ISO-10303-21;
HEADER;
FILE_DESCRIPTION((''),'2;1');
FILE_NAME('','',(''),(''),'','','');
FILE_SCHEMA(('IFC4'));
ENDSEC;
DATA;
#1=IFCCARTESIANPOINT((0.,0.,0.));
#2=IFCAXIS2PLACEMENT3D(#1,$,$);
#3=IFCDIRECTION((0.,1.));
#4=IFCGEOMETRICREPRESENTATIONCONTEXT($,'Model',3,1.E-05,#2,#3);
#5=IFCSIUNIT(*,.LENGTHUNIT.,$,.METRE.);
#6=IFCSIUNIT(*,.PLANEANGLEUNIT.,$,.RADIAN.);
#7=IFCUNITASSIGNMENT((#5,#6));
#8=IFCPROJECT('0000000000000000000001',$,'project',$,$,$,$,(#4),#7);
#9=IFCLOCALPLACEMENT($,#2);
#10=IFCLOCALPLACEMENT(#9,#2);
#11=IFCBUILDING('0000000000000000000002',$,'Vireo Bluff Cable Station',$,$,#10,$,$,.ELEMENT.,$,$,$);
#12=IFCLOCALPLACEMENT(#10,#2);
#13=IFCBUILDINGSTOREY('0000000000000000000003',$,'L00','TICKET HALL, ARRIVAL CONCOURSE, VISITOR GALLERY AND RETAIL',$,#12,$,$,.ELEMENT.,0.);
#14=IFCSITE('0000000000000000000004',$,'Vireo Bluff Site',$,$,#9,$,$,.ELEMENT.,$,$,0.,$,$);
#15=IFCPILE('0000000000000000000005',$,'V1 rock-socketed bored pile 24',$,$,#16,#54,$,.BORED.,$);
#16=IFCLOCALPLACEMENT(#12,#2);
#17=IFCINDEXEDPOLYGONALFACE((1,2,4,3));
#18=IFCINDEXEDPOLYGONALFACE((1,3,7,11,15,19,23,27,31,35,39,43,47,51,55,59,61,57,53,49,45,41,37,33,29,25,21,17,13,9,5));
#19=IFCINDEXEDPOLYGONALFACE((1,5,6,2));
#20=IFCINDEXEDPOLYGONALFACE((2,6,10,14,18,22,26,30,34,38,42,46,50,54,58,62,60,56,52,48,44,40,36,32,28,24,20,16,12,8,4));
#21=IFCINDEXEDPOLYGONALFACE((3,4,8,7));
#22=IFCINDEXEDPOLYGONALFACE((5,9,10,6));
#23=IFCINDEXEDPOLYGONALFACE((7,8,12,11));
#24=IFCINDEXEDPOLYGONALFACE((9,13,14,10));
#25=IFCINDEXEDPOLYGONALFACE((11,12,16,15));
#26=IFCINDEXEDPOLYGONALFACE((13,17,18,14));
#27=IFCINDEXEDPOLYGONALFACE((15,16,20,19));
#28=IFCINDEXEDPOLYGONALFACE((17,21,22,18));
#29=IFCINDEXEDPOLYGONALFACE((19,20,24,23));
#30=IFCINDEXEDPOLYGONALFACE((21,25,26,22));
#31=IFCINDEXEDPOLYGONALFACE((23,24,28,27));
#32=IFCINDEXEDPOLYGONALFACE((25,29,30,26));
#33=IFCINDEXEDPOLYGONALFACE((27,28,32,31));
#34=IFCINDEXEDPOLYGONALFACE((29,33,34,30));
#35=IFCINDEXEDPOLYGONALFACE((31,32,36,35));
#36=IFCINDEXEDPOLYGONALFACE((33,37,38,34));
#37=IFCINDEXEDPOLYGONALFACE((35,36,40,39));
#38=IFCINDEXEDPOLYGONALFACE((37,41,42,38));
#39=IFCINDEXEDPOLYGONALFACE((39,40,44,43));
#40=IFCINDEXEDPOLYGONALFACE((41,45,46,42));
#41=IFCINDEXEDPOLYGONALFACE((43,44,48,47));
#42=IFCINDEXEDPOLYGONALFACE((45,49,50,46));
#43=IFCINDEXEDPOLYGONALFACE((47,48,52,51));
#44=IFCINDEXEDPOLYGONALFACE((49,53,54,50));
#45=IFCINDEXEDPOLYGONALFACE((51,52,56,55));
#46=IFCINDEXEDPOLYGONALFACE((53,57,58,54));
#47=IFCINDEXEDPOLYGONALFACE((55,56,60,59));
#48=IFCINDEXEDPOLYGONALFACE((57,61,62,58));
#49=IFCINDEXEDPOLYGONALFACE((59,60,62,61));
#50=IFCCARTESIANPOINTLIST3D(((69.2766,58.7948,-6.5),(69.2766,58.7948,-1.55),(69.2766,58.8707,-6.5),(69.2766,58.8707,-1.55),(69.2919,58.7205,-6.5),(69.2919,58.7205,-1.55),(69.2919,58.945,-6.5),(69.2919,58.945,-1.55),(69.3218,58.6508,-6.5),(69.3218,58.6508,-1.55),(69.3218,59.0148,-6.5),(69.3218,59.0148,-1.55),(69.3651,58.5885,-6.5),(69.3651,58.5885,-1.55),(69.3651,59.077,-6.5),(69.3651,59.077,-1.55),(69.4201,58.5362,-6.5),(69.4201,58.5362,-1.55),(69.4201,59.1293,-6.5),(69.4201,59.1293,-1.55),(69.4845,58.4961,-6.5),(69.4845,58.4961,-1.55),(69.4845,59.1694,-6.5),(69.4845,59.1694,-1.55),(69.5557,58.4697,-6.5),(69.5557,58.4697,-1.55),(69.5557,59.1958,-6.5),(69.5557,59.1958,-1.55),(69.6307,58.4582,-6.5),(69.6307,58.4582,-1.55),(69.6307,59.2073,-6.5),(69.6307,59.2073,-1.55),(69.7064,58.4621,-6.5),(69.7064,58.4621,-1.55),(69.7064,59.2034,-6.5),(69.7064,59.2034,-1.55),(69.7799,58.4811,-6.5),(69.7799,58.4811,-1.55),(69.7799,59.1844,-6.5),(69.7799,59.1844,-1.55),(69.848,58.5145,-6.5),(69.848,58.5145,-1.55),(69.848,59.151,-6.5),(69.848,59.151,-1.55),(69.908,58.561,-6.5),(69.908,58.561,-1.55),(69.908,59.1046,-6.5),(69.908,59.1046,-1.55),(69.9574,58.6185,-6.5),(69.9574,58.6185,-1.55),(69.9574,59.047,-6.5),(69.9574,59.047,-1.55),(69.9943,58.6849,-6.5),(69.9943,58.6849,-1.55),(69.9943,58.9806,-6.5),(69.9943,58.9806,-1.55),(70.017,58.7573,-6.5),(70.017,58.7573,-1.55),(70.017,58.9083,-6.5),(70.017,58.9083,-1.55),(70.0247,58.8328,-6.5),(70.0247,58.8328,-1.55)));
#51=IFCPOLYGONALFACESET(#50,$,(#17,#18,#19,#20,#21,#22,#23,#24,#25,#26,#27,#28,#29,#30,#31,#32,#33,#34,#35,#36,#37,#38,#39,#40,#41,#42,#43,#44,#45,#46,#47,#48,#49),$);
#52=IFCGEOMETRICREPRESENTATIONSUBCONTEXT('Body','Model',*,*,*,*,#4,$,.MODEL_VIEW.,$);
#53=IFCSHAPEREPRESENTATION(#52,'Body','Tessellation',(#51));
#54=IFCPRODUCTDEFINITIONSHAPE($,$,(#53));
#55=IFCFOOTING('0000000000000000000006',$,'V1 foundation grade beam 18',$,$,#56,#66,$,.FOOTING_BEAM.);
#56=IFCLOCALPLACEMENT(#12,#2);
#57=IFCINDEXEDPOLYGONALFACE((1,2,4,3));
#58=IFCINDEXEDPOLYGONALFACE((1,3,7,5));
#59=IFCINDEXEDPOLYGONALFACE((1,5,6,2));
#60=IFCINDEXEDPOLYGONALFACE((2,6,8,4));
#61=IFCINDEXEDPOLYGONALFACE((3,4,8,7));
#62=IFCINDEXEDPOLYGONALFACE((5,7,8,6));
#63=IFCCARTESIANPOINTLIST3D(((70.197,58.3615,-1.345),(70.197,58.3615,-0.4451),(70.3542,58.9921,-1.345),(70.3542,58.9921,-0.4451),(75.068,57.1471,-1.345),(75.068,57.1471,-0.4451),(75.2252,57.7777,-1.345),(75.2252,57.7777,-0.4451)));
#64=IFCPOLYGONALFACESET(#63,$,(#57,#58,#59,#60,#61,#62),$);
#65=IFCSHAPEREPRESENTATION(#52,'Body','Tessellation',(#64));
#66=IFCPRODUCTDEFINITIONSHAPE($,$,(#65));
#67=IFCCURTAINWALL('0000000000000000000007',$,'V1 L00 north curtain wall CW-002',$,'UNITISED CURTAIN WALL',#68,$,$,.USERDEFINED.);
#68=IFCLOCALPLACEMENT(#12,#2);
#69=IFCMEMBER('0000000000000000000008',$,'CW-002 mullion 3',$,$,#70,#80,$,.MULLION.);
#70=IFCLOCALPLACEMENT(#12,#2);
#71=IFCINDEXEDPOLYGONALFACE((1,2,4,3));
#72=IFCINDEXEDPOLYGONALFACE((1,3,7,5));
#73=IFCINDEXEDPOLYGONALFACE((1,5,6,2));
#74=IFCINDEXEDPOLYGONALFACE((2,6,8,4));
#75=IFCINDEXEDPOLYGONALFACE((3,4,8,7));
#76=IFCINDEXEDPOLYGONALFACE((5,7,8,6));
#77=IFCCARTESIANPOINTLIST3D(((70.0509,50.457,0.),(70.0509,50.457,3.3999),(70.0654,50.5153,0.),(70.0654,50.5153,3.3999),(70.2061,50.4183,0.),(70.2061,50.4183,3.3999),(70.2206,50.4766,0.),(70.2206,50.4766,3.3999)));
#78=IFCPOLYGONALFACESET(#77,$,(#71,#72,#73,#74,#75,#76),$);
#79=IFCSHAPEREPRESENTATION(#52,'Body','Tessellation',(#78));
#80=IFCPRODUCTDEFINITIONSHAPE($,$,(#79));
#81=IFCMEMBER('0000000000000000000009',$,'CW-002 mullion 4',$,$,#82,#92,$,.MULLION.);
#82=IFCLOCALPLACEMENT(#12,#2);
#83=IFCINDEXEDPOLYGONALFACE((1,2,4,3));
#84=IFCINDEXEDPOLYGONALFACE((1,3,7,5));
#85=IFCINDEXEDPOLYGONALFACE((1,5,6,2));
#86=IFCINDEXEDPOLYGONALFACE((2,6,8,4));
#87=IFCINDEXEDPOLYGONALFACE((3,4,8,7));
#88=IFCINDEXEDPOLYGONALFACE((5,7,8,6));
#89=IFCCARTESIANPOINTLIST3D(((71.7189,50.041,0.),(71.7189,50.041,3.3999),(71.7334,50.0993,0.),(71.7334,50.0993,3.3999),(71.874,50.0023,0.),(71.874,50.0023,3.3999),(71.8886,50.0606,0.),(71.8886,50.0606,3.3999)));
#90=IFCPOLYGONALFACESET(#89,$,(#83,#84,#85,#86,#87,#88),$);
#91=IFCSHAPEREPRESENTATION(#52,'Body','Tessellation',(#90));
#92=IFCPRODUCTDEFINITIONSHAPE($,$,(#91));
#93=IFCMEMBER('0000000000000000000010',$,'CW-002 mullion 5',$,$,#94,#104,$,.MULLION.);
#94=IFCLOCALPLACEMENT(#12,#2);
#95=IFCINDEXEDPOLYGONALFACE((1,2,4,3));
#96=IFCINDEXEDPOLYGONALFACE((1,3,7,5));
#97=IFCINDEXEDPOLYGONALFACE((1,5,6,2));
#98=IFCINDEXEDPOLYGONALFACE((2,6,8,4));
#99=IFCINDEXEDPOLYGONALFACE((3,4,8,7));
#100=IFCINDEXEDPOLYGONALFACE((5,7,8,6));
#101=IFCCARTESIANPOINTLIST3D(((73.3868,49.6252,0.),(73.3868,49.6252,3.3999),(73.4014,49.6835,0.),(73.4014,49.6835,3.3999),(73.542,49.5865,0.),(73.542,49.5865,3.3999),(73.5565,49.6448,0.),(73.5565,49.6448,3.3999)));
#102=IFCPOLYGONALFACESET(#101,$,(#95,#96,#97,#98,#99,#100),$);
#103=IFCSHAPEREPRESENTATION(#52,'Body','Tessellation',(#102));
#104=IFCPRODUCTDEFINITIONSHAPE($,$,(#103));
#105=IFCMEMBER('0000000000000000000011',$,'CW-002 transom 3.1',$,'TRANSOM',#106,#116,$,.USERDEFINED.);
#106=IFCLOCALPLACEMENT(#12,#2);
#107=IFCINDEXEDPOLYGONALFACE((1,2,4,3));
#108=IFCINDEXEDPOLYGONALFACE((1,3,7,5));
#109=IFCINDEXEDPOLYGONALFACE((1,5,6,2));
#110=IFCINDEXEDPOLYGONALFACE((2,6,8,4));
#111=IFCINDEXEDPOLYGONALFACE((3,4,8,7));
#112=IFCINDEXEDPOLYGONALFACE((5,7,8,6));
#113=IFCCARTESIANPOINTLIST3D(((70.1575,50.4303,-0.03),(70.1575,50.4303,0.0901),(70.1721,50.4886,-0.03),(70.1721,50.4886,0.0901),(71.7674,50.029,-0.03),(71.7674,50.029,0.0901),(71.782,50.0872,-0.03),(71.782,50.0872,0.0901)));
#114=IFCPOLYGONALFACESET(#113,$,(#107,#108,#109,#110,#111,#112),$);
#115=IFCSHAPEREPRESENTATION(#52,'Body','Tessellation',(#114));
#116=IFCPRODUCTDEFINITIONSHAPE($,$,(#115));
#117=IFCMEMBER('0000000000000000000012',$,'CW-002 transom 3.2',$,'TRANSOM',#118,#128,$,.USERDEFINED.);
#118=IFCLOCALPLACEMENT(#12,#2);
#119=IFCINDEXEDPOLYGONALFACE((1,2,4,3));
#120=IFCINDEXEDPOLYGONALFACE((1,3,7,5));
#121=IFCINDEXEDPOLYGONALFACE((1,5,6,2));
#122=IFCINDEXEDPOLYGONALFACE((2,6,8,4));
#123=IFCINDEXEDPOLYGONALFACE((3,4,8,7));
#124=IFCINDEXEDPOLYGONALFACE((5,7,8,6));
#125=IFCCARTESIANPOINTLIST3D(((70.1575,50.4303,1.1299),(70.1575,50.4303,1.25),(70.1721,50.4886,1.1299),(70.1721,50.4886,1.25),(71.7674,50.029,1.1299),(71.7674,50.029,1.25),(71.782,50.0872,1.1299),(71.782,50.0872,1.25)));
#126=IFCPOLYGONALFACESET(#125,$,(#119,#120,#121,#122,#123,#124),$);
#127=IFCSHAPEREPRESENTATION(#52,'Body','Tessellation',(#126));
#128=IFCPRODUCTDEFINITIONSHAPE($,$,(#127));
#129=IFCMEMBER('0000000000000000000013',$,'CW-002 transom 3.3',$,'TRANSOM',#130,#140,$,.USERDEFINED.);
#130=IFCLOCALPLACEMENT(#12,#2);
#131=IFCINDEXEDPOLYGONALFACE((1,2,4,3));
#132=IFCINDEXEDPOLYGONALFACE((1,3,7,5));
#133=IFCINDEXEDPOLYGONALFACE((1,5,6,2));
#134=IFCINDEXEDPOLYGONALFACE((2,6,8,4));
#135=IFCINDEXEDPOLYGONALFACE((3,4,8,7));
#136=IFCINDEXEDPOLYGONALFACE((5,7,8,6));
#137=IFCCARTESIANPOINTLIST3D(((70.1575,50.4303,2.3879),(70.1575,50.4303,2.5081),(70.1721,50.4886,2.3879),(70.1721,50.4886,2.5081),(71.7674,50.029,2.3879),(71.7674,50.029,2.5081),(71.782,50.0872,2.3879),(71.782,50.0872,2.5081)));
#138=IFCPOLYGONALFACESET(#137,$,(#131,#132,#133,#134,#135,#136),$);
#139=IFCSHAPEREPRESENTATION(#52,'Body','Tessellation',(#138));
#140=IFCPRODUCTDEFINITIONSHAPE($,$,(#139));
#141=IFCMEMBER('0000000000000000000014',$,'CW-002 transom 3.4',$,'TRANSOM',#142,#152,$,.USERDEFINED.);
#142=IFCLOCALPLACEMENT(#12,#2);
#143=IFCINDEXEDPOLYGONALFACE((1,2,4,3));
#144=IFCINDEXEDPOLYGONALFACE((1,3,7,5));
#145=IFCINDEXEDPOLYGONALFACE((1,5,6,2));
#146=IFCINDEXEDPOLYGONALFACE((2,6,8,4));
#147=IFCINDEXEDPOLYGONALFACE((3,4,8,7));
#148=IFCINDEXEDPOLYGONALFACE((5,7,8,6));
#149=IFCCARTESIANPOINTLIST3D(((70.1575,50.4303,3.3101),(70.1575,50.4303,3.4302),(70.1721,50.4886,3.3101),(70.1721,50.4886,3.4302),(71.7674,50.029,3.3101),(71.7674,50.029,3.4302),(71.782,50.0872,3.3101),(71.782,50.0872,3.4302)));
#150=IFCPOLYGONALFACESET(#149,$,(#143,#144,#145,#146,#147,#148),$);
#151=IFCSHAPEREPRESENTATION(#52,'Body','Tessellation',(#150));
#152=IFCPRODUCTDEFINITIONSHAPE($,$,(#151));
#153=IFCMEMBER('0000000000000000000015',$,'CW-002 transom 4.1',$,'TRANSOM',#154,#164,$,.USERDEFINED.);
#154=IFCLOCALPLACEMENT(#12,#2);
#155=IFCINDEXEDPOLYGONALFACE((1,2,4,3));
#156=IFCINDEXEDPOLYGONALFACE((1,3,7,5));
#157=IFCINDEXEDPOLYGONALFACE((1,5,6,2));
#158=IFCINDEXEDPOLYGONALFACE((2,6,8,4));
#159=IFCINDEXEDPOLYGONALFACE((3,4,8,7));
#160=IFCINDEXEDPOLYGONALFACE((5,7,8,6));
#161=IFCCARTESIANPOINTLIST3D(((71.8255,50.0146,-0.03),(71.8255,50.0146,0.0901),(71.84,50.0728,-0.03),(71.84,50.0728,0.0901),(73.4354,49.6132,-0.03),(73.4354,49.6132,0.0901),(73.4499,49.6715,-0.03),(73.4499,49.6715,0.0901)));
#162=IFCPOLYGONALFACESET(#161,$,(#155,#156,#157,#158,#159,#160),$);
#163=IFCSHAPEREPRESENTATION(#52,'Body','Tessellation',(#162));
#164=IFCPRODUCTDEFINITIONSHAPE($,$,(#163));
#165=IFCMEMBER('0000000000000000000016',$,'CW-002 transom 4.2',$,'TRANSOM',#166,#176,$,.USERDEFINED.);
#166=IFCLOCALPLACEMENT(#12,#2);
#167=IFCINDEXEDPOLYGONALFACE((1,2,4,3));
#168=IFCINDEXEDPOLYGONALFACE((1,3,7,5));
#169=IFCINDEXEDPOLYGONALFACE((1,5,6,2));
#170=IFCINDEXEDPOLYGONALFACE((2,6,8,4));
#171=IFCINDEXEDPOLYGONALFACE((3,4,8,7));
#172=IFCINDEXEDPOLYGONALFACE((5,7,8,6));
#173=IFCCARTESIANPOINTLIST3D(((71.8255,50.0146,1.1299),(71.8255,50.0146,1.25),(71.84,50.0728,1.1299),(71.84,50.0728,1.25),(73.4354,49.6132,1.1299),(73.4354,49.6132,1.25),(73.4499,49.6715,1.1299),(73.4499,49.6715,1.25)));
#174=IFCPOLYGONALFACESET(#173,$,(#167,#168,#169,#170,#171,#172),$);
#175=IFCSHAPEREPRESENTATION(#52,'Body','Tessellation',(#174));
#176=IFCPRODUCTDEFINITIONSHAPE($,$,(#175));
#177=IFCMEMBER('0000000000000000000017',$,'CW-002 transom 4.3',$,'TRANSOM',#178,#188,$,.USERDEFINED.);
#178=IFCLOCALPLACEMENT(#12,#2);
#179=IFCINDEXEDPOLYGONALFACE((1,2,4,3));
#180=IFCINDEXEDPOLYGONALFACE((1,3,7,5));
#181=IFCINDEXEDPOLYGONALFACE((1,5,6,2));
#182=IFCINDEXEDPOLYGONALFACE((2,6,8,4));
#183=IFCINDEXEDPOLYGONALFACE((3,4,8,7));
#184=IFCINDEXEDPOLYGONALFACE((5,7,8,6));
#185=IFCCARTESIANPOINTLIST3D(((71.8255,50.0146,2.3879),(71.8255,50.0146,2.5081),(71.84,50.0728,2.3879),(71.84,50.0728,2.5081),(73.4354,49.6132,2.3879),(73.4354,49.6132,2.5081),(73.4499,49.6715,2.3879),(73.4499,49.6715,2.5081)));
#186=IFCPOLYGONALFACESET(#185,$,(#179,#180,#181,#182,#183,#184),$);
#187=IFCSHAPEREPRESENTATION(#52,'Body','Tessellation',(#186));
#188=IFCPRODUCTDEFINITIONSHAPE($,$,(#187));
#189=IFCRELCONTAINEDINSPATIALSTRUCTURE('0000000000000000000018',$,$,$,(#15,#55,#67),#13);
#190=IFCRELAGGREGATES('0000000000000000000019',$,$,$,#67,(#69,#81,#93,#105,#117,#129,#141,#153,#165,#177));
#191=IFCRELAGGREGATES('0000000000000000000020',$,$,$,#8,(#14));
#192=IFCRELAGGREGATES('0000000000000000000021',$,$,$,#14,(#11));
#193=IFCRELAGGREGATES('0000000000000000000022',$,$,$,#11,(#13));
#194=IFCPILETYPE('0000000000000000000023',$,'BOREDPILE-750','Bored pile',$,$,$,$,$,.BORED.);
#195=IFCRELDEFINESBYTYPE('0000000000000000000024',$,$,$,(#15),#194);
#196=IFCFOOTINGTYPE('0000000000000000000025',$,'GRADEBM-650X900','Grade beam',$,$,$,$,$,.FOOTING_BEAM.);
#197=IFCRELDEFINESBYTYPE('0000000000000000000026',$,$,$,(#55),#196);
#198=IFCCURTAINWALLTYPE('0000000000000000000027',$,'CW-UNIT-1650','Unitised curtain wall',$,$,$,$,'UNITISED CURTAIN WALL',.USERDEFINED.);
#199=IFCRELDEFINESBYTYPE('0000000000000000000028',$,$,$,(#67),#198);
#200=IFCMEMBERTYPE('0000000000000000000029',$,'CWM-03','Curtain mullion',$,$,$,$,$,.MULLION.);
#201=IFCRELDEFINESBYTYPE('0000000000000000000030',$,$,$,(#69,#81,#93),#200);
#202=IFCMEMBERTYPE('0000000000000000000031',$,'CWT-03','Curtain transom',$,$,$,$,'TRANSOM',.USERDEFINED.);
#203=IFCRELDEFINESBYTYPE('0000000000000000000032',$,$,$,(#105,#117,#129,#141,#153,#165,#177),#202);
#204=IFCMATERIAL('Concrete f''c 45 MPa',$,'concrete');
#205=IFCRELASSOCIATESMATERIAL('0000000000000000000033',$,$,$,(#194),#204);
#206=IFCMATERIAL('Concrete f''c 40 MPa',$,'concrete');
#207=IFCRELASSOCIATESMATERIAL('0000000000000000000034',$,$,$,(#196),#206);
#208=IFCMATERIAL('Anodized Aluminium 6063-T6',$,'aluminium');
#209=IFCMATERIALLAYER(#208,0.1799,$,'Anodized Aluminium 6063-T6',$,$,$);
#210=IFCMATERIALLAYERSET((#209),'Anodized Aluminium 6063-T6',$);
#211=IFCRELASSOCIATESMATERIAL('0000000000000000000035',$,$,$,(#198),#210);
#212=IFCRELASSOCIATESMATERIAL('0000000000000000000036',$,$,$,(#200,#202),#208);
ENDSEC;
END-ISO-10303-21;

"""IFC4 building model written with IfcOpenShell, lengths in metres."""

from ifc_helpers import new_model, si_unit, direction, frame, origin, origin_2d, place, context, subcontext, project, spatial, rectangle, circle, extrude, material, layer, layer_set, material_profile, profile_set, type_object, element, aggregate, save


model = new_model("IFC4")

# Units and contexts
model_context = context("Model", 3, precision=1e-05, world=origin(), true_north=direction((0.0, 1.0)))
body_context = subcontext(model_context, "Body", "Model", "MODEL_VIEW")
ifc_project = project(units=[si_unit("LENGTHUNIT", "METRE"), si_unit("PLANEANGLEUNIT", "RADIAN")], contexts=[model_context])

# Site, building, storey
site_placement = place(None, origin())
site = spatial("IfcSite", under=ifc_project, at=site_placement, Name="Vireo Bluff Site", CompositionType="ELEMENT", RefElevation=0.0)
building_placement = place(site_placement, origin())
building = spatial("IfcBuilding", under=site, at=building_placement, Name="Vireo Bluff Cable Station", CompositionType="ELEMENT")
storey_placement = place(building_placement, origin())
storey = spatial("IfcBuildingStorey", under=building, at=storey_placement, Name="L00", Description="TICKET HALL, ARRIVAL CONCOURSE, VISITOR GALLERY AND RETAIL", CompositionType="ELEMENT", Elevation=0.0)

# Pile
ifc_material_1 = material(Name="Concrete f'c 45 MPa", Category="concrete")
ifc_material_profile_1 = material_profile(ifc_material_1, circle(Radius=0.375, at=origin_2d()), Name="BOREDPILE-750")
ifc_profile_set_1 = profile_set([ifc_material_profile_1], Name="Concrete f'c 45 MPa")
pile_type = type_object("IfcPileType", Name="BOREDPILE-750", Description="Bored pile", PredefinedType="BORED", material=ifc_profile_set_1)
pile_placement = place(storey_placement, frame((69.6497, 58.8328, -1.55), z_axis=(0.0, 0.0, -1.0), x_axis=(1.0, 0.0, 0.0)))
element("IfcPile", 1, at=pile_placement, inside=storey, type_object=pile_type, Name="V1 rock-socketed bored pile 24", PredefinedType="BORED", context=body_context, shape_type="SweptSolid", body=[
    extrude(circle(Radius=0.375, at=origin_2d()), origin(), (0.0, 0.0, 1.0), 4.95),
])

# Footing
ifc_material_2 = material(Name="Concrete f'c 40 MPa", Category="concrete")
ifc_material_profile_2 = material_profile(ifc_material_2, rectangle(XDim=0.6499, YDim=0.8999, at=origin_2d()), Name="GRADEBM-650X900")
ifc_profile_set_2 = profile_set([ifc_material_profile_2], Name="Concrete f'c 40 MPa")
footing_type = type_object("IfcFootingType", Name="GRADEBM-650X900", Description="Grade beam", PredefinedType="FOOTING_BEAM", material=ifc_profile_set_2)
footing_placement = place(storey_placement, frame((70.2756, 58.6768, -0.895), z_axis=(0.9703, -0.241906, 0.0), x_axis=(0.241906, 0.9703, 0.0)))
element("IfcFooting", 2, at=footing_placement, inside=storey, type_object=footing_type, Name="V1 foundation grade beam 18", PredefinedType="FOOTING_BEAM", context=body_context, shape_type="SweptSolid", body=[
    extrude(rectangle(XDim=0.6499, YDim=0.8999, at=origin_2d()), origin(), (0.0, 0.0, 1.0), 5.02),
])

# Curtain wall, members
ifc_material_3 = material(Name="Anodized Aluminium 6063-T6", Category="aluminium")
ifc_layer_1 = layer(ifc_material_3, 0.1799, Name="Anodized Aluminium 6063-T6")
ifc_layer_set_1 = layer_set([ifc_layer_1], Name="Anodized Aluminium 6063-T6")
curtain_wall_type = type_object("IfcCurtainWallType", Name="CW-UNIT-1650", Description="Unitised curtain wall", ElementType="UNITISED CURTAIN WALL", PredefinedType="USERDEFINED", material=ifc_layer_set_1)
curtain_wall_placement = place(storey_placement, origin())
curtain_wall = element("IfcCurtainWall", 3, at=curtain_wall_placement, inside=storey, type_object=curtain_wall_type, Name="V1 L00 north curtain wall CW-002", ObjectType="UNITISED CURTAIN WALL", PredefinedType="USERDEFINED")
ifc_material_profile_3 = material_profile(ifc_material_3, rectangle(XDim=0.0601, YDim=0.1599, at=origin_2d()), Name="ALU-M-60X160")
ifc_profile_set_3 = profile_set([ifc_material_profile_3], Name="Anodized Aluminium 6063-T6")
member_type_1 = type_object("IfcMemberType", Name="CWM-03", Description="Curtain mullion", PredefinedType="MULLION", material=ifc_profile_set_3)
member_1_placement = place(storey_placement, frame((70.1357, 50.4668, 0.0), z_axis=(0.0, 0.0, 1.0), x_axis=(0.241922, 0.970296, 0.0)))
member_1 = element("IfcMember", 4, at=member_1_placement, type_object=member_type_1, Name="CW-002 mullion 3", PredefinedType="MULLION", context=body_context, shape_type="SweptSolid", body=[
    extrude(rectangle(XDim=0.0601, YDim=0.1599, at=origin_2d()), origin(), (0.0, 0.0, 1.0), 3.3999),
])
member_2_placement = place(storey_placement, frame((71.8037, 50.0508, 0.0), z_axis=(0.0, 0.0, 1.0), x_axis=(0.241922, 0.970296, 0.0)))
member_2 = element("IfcMember", 5, at=member_2_placement, type_object=member_type_1, Name="CW-002 mullion 4", PredefinedType="MULLION", context=body_context, shape_type="SweptSolid", body=[
    extrude(rectangle(XDim=0.0601, YDim=0.1599, at=origin_2d()), origin(), (0.0, 0.0, 1.0), 3.3999),
])
member_3_placement = place(storey_placement, frame((73.4717, 49.635, 0.0), z_axis=(0.0, 0.0, 1.0), x_axis=(0.241922, 0.970296, 0.0)))
member_3 = element("IfcMember", 6, at=member_3_placement, type_object=member_type_1, Name="CW-002 mullion 5", PredefinedType="MULLION", context=body_context, shape_type="SweptSolid", body=[
    extrude(rectangle(XDim=0.0601, YDim=0.1599, at=origin_2d()), origin(), (0.0, 0.0, 1.0), 3.3999),
])
ifc_material_profile_4 = material_profile(ifc_material_3, rectangle(XDim=0.0601, YDim=0.1201, at=origin_2d()), Name="ALU-T-60X120")
ifc_profile_set_4 = profile_set([ifc_material_profile_4], Name="Anodized Aluminium 6063-T6")
member_type_2 = type_object("IfcMemberType", Name="CWT-03", Description="Curtain transom", ElementType="TRANSOM", PredefinedType="USERDEFINED", material=ifc_profile_set_4)
member_4_placement = place(storey_placement, frame((70.1648, 50.4595, 0.03), z_axis=(0.970298, -0.241912, 0.0), x_axis=(0.241912, 0.970298, 0.0)))
member_4 = element("IfcMember", 7, at=member_4_placement, type_object=member_type_2, Name="CW-002 transom 3.1", ObjectType="TRANSOM", PredefinedType="USERDEFINED", context=body_context, shape_type="SweptSolid", body=[
    extrude(rectangle(XDim=0.0601, YDim=0.1201, at=origin_2d()), origin(), (0.0, 0.0, 1.0), 1.6592),
])
member_5_placement = place(storey_placement, frame((70.1648, 50.4595, 1.1899), z_axis=(0.970298, -0.241912, 0.0), x_axis=(0.241912, 0.970298, 0.0)))
member_5 = element("IfcMember", 8, at=member_5_placement, type_object=member_type_2, Name="CW-002 transom 3.2", ObjectType="TRANSOM", PredefinedType="USERDEFINED", context=body_context, shape_type="SweptSolid", body=[
    extrude(rectangle(XDim=0.0601, YDim=0.1201, at=origin_2d()), origin(), (0.0, 0.0, 1.0), 1.6592),
])
member_6_placement = place(storey_placement, frame((70.1648, 50.4595, 2.448), z_axis=(0.970298, -0.241912, 0.0), x_axis=(0.241912, 0.970298, 0.0)))
member_6 = element("IfcMember", 9, at=member_6_placement, type_object=member_type_2, Name="CW-002 transom 3.3", ObjectType="TRANSOM", PredefinedType="USERDEFINED", context=body_context, shape_type="SweptSolid", body=[
    extrude(rectangle(XDim=0.0601, YDim=0.1201, at=origin_2d()), origin(), (0.0, 0.0, 1.0), 1.6592),
])
member_7_placement = place(storey_placement, frame((70.1648, 50.4595, 3.3701), z_axis=(0.970298, -0.241912, 0.0), x_axis=(0.241912, 0.970298, 0.0)))
member_7 = element("IfcMember", 10, at=member_7_placement, type_object=member_type_2, Name="CW-002 transom 3.4", ObjectType="TRANSOM", PredefinedType="USERDEFINED", context=body_context, shape_type="SweptSolid", body=[
    extrude(rectangle(XDim=0.0601, YDim=0.1201, at=origin_2d()), origin(), (0.0, 0.0, 1.0), 1.6592),
])
member_8_placement = place(storey_placement, frame((71.8328, 50.0437, 0.03), z_axis=(0.970298, -0.241912, 0.0), x_axis=(0.241912, 0.970298, 0.0)))
member_8 = element("IfcMember", 11, at=member_8_placement, type_object=member_type_2, Name="CW-002 transom 4.1", ObjectType="TRANSOM", PredefinedType="USERDEFINED", context=body_context, shape_type="SweptSolid", body=[
    extrude(rectangle(XDim=0.0601, YDim=0.1201, at=origin_2d()), origin(), (0.0, 0.0, 1.0), 1.6592),
])
member_9_placement = place(storey_placement, frame((71.8328, 50.0437, 1.1899), z_axis=(0.970298, -0.241912, 0.0), x_axis=(0.241912, 0.970298, 0.0)))
member_9 = element("IfcMember", 12, at=member_9_placement, type_object=member_type_2, Name="CW-002 transom 4.2", ObjectType="TRANSOM", PredefinedType="USERDEFINED", context=body_context, shape_type="SweptSolid", body=[
    extrude(rectangle(XDim=0.0601, YDim=0.1201, at=origin_2d()), origin(), (0.0, 0.0, 1.0), 1.6592),
])
member_10_placement = place(storey_placement, frame((71.8328, 50.0437, 2.448), z_axis=(0.970298, -0.241912, 0.0), x_axis=(0.241912, 0.970298, 0.0)))
member_10 = element("IfcMember", 13, at=member_10_placement, type_object=member_type_2, Name="CW-002 transom 4.3", ObjectType="TRANSOM", PredefinedType="USERDEFINED", context=body_context, shape_type="SweptSolid", body=[
    extrude(rectangle(XDim=0.0601, YDim=0.1201, at=origin_2d()), origin(), (0.0, 0.0, 1.0), 1.6592),
])
aggregate(curtain_wall, [member_1, member_2, member_3, member_4, member_5, member_6, member_7, member_8, member_9, member_10])

save(model, "model.ifc")
